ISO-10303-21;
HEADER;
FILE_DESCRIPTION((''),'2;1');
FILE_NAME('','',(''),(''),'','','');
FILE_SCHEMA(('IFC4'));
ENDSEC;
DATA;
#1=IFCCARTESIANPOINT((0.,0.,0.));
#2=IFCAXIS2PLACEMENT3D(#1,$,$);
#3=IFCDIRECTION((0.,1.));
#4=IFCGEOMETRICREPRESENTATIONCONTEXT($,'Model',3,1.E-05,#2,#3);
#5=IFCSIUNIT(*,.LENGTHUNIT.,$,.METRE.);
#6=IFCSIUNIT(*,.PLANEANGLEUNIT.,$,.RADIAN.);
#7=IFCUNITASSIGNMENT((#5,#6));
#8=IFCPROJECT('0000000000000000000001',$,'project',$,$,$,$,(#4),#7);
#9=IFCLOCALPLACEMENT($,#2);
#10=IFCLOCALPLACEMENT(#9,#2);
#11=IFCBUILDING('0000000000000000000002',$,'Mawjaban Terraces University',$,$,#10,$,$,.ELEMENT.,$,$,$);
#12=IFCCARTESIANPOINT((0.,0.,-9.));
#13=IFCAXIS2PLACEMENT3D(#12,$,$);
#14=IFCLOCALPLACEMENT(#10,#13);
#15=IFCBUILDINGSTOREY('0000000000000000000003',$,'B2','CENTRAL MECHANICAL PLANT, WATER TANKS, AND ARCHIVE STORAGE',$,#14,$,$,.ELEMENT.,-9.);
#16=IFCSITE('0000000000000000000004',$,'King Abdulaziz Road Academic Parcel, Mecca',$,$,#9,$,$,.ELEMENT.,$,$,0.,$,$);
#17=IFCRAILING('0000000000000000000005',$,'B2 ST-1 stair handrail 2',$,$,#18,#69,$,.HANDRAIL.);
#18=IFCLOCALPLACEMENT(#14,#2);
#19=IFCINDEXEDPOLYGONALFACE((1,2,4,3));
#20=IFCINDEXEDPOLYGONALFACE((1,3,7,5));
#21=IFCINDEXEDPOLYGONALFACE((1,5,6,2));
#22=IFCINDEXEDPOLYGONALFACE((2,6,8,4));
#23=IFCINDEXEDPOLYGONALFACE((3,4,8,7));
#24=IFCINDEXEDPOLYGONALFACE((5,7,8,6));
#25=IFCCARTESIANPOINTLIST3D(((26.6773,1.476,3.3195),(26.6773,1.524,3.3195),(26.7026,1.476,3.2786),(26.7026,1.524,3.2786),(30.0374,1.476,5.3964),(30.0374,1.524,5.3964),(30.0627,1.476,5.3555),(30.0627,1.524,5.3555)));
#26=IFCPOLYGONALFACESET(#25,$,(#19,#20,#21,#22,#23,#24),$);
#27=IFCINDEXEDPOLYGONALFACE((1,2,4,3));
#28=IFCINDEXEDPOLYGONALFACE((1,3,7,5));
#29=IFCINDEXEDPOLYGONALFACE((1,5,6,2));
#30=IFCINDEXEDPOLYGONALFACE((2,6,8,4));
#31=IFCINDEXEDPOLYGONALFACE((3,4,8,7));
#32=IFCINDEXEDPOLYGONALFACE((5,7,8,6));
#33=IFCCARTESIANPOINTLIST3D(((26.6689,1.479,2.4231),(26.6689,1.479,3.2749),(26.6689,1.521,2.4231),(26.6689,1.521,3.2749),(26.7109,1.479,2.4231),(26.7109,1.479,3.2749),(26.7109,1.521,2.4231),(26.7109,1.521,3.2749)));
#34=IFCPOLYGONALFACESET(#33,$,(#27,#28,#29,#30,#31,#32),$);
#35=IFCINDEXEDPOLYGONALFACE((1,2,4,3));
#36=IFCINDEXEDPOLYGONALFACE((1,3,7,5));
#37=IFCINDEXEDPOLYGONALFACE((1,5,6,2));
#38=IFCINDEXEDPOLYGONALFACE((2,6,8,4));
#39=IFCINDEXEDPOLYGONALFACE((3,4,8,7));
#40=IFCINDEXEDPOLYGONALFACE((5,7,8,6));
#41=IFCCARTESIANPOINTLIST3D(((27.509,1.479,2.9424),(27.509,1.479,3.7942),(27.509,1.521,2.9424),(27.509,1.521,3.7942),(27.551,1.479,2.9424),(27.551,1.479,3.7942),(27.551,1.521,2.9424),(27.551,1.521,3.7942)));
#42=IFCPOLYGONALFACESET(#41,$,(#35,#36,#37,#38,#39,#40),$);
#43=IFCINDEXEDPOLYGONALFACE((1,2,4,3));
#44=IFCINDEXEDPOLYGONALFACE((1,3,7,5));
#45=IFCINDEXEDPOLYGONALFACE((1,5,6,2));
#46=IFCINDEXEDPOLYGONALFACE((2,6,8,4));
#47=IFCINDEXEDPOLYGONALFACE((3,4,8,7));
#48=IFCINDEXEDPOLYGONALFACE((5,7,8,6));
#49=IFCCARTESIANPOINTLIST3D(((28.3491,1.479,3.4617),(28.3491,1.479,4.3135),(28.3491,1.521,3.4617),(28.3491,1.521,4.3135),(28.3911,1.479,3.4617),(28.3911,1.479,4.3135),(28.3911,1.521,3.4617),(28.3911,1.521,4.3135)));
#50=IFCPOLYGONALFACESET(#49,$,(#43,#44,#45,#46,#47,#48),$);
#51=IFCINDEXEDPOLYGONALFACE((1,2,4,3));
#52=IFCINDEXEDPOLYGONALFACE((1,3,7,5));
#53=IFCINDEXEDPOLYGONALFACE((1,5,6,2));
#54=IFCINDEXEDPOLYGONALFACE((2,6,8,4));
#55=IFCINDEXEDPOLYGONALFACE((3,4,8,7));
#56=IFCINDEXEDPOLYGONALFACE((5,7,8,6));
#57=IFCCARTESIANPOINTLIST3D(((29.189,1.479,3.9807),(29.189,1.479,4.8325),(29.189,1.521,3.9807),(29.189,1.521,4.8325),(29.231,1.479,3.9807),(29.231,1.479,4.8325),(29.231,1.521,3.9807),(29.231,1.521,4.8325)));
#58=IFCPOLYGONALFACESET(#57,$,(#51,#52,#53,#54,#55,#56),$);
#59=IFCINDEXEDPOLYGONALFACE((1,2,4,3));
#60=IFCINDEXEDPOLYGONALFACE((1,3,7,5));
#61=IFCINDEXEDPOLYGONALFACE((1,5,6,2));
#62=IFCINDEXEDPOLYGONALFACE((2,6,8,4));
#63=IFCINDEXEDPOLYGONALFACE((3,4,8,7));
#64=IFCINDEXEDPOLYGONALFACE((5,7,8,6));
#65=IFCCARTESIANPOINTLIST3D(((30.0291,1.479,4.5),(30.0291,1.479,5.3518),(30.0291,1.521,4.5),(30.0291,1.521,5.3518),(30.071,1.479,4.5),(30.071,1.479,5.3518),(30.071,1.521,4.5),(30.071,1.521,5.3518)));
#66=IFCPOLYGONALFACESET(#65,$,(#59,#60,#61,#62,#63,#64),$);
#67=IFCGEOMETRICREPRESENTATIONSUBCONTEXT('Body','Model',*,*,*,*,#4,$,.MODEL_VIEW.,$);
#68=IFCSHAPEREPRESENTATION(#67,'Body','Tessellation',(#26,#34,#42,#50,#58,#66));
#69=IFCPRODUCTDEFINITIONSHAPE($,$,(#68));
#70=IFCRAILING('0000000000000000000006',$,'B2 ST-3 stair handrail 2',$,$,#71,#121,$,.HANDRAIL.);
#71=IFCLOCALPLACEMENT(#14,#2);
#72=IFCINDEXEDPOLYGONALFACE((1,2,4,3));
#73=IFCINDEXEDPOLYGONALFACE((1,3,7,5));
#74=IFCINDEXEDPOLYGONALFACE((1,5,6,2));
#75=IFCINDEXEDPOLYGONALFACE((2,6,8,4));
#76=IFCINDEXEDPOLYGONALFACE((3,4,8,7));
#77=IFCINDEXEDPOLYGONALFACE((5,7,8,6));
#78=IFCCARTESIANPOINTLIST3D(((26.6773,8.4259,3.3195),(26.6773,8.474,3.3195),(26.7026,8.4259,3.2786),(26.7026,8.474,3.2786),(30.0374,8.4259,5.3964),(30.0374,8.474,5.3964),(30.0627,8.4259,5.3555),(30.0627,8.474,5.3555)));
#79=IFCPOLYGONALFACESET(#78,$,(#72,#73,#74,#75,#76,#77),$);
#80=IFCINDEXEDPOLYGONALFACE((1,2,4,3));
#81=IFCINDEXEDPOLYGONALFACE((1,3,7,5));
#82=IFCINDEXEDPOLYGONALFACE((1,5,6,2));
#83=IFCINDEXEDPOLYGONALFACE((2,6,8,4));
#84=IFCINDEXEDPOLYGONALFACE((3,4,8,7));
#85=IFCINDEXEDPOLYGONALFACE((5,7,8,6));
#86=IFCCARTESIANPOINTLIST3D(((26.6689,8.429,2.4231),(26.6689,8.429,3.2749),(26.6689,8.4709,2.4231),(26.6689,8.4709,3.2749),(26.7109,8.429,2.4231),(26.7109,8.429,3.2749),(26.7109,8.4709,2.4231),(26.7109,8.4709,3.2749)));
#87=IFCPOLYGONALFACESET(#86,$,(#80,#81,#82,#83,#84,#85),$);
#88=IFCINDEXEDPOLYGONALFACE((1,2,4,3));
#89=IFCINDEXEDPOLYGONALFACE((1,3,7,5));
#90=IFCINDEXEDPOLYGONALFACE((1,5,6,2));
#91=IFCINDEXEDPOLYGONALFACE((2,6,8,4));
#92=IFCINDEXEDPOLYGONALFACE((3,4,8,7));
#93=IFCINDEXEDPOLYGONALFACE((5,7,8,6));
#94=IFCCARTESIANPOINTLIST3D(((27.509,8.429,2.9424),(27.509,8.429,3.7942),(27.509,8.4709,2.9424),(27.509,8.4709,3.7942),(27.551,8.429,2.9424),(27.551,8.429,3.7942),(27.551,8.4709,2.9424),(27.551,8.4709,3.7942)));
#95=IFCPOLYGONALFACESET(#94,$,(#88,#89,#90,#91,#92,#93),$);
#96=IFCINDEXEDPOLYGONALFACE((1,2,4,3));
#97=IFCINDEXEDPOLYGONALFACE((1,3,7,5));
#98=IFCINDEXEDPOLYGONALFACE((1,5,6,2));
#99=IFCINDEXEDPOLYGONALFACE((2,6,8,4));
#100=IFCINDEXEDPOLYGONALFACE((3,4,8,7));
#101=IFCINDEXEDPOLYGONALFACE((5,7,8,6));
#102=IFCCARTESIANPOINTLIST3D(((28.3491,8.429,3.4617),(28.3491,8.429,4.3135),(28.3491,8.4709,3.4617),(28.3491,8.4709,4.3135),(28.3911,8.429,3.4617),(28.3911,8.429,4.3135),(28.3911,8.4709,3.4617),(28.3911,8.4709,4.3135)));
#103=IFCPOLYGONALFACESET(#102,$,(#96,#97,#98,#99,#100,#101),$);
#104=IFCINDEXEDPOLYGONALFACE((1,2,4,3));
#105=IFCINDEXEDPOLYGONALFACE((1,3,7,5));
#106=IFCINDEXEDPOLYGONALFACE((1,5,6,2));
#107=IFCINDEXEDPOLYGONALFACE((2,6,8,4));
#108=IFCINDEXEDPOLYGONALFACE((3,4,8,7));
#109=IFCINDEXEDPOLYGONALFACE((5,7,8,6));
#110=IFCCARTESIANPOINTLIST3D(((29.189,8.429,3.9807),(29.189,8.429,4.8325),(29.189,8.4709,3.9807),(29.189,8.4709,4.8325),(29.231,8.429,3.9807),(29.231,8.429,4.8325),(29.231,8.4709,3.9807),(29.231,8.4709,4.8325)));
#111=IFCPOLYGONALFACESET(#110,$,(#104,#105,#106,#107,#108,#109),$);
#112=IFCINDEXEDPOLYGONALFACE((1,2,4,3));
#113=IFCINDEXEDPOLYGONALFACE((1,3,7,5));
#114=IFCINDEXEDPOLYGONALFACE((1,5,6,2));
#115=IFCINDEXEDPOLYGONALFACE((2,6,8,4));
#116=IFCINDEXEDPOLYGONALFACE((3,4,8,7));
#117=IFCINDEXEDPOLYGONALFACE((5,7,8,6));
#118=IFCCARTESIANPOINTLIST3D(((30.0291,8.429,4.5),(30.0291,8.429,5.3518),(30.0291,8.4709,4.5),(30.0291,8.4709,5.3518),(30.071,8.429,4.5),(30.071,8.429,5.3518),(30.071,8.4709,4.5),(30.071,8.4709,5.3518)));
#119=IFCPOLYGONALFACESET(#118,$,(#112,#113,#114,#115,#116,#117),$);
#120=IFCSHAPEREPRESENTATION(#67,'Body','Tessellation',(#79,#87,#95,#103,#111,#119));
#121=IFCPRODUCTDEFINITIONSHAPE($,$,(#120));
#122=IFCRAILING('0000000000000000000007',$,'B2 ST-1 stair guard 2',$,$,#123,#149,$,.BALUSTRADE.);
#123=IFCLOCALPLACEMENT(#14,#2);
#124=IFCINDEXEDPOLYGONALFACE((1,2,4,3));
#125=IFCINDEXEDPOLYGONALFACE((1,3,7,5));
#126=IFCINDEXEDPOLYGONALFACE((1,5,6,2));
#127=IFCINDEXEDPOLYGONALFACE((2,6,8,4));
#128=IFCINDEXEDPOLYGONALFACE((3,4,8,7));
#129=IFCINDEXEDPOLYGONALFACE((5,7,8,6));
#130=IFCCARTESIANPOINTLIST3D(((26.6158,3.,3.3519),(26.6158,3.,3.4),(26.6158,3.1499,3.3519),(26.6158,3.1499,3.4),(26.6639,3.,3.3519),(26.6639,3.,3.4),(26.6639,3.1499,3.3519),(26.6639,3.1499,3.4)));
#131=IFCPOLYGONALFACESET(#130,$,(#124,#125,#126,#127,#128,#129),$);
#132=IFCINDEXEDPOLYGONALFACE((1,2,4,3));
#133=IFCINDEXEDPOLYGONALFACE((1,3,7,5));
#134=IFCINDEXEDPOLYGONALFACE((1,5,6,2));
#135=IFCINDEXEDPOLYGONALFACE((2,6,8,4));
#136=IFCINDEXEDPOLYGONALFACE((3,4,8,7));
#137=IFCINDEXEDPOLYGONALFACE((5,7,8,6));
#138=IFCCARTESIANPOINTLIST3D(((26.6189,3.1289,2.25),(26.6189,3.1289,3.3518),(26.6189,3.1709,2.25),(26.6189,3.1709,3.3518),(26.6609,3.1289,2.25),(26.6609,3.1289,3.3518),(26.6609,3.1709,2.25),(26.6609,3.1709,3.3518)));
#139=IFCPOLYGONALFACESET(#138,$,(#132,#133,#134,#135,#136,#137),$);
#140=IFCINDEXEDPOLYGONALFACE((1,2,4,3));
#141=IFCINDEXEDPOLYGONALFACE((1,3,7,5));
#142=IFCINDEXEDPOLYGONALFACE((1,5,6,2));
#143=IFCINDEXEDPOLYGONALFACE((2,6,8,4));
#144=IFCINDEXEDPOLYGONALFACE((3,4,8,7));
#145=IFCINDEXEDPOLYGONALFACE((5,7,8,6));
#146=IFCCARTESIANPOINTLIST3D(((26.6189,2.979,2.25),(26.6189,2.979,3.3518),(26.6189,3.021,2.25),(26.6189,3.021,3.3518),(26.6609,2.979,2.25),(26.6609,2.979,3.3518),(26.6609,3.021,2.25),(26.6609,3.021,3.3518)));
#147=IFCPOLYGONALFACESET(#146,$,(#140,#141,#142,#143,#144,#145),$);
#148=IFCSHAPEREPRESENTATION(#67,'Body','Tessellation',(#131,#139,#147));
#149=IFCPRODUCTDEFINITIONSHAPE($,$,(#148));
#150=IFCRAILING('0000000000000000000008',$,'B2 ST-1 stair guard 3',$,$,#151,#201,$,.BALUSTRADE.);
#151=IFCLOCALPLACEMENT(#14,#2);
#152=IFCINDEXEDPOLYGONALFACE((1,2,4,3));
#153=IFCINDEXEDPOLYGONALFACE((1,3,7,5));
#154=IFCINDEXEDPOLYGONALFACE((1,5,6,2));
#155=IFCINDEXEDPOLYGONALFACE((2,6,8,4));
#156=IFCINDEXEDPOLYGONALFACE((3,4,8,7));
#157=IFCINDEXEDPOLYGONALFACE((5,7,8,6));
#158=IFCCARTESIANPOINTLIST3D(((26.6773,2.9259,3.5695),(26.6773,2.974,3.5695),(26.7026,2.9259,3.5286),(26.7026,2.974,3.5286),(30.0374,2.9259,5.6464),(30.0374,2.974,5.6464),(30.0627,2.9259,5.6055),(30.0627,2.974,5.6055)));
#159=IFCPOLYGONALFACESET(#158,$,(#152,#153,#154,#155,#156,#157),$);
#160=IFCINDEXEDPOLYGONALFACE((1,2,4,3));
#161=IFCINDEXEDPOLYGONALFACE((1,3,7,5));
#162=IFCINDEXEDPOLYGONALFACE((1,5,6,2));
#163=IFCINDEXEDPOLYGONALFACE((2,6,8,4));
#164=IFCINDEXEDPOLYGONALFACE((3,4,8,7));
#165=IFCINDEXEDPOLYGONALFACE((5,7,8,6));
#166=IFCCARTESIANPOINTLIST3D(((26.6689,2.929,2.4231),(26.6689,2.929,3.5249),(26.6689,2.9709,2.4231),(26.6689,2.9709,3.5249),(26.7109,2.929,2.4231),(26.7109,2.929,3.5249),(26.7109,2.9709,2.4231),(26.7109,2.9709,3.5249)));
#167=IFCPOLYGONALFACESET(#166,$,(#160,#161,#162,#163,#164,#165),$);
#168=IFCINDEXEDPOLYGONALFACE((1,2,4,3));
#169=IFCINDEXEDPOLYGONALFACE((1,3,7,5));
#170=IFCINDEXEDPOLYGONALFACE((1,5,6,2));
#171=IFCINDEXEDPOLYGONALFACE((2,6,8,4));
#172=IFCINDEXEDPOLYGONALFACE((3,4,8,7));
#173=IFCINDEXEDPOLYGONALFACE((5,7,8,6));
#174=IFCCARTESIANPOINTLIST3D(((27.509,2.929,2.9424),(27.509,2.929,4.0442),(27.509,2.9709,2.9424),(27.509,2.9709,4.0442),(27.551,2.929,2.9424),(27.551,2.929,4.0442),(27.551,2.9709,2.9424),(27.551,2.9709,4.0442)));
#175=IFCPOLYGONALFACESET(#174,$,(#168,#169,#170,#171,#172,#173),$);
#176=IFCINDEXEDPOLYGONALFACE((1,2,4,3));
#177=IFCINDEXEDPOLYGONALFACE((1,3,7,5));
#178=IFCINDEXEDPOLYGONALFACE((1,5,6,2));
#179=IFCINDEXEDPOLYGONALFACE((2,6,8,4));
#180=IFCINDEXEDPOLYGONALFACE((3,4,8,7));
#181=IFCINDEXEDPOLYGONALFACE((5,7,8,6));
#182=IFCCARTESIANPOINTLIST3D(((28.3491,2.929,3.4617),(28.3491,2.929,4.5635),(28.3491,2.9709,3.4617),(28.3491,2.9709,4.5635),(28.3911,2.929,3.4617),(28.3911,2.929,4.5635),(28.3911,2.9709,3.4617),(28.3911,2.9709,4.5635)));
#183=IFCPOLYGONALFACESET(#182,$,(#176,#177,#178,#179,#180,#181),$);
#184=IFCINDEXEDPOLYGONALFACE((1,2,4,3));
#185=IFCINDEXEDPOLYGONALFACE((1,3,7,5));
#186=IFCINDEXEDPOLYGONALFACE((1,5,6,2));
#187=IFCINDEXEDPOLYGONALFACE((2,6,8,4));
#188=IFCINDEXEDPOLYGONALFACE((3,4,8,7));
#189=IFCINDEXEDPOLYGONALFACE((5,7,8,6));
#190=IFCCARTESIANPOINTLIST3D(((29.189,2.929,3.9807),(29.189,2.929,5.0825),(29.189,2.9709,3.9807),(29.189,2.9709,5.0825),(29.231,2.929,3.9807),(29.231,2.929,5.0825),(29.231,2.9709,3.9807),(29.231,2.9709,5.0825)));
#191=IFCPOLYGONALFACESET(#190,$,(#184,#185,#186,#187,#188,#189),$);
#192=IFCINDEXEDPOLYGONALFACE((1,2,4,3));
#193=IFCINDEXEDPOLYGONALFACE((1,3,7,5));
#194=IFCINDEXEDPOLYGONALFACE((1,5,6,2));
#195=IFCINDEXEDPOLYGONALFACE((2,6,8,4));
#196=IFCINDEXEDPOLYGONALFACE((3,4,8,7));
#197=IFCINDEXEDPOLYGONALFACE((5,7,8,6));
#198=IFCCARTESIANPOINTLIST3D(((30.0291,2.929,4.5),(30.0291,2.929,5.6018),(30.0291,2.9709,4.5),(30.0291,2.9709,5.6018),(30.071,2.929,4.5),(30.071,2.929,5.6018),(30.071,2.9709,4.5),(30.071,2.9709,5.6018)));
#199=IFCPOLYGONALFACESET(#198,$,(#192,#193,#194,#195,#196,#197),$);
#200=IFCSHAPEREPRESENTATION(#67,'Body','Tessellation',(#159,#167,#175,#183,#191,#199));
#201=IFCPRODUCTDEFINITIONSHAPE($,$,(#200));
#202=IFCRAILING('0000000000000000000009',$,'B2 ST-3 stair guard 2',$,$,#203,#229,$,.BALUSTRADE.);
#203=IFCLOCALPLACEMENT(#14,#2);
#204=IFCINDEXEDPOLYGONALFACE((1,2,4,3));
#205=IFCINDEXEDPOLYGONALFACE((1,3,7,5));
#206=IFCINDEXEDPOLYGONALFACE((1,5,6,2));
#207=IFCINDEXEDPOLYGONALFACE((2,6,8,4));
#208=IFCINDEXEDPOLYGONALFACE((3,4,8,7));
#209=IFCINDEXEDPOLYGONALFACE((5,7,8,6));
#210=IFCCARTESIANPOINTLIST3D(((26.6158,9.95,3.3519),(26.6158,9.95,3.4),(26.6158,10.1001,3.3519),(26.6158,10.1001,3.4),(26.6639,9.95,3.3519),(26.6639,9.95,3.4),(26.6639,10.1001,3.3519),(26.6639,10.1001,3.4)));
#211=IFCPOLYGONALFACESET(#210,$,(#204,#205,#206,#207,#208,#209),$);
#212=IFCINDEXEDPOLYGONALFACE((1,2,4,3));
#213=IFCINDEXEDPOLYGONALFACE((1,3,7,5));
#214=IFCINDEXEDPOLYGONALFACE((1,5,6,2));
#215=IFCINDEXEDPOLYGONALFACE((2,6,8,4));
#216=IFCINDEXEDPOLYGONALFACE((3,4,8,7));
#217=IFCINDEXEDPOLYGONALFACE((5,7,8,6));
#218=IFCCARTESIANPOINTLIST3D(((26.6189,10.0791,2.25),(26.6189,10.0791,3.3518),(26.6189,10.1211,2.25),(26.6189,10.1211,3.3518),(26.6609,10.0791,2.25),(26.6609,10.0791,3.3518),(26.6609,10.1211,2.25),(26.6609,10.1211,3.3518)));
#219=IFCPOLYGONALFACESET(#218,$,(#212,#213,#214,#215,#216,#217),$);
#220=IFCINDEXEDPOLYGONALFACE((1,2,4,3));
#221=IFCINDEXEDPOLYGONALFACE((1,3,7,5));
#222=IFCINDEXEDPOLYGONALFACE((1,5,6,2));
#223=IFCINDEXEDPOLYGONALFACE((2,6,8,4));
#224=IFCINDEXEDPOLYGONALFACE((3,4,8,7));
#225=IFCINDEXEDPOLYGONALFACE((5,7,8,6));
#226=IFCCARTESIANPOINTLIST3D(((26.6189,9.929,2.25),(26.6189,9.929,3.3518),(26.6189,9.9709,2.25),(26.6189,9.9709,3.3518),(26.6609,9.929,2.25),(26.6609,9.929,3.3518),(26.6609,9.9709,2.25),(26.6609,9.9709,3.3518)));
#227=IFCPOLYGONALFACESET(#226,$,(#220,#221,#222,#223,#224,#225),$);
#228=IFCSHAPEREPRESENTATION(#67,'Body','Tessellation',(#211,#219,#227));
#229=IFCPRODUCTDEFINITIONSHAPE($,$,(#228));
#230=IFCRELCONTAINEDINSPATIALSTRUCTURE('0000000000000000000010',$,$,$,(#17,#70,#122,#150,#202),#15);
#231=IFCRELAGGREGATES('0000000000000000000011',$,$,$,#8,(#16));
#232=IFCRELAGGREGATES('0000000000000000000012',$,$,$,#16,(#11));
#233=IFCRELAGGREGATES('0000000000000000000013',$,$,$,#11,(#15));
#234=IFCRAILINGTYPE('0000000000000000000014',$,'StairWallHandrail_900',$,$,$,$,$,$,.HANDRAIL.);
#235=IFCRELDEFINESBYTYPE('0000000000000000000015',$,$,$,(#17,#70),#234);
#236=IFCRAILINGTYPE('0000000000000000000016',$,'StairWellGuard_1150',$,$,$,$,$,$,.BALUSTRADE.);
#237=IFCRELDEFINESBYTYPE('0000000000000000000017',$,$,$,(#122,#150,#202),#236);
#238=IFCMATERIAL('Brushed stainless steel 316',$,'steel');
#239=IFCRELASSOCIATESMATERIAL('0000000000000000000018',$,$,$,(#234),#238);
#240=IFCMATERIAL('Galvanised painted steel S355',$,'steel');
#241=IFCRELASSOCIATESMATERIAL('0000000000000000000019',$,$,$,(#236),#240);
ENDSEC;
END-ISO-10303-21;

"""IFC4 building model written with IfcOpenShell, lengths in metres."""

from ifc_helpers import new_model, si_unit, direction, frame, origin, origin_2d, place, context, subcontext, project, spatial, rectangle, extrude, material, type_object, element, save


model = new_model("IFC4")

# Units and contexts
model_context = context("Model", 3, precision=1e-05, world=origin(), true_north=direction((0.0, 1.0)))
body_context = subcontext(model_context, "Body", "Model", "MODEL_VIEW")
ifc_project = project(units=[si_unit("LENGTHUNIT", "METRE"), si_unit("PLANEANGLEUNIT", "RADIAN")], contexts=[model_context])

# Site, building, storey
site_placement = place(None, origin())
site = spatial("IfcSite", under=ifc_project, at=site_placement, Name="King Abdulaziz Road Academic Parcel, Mecca", CompositionType="ELEMENT", RefElevation=0.0)
building_placement = place(site_placement, origin())
building = spatial("IfcBuilding", under=site, at=building_placement, Name="Mawjaban Terraces University", CompositionType="ELEMENT")
storey_placement = place(building_placement, frame((0.0, 0.0, -9.0)))
storey = spatial("IfcBuildingStorey", under=building, at=storey_placement, Name="B2", Description="CENTRAL MECHANICAL PLANT, WATER TANKS, AND ARCHIVE STORAGE", CompositionType="ELEMENT", Elevation=-9.0)

# Railings
ifc_material_1 = material(Name="Brushed stainless steel 316", Category="steel")
railing_type_1 = type_object("IfcRailingType", Name="StairWallHandrail_900", PredefinedType="HANDRAIL", material=ifc_material_1)
for number, where, name in (
    (1, (26.6899, 1.5, 2.4231), "B2 ST-1 stair handrail 2"),
    (2, (26.6899, 8.45, 2.4231), "B2 ST-3 stair handrail 2"),
):
    element("IfcRailing", number, at=place(storey_placement, frame(where)), inside=storey, type_object=railing_type_1, Name=name, PredefinedType="HANDRAIL", context=body_context, shape_type="SweptSolid", body=[
        extrude(rectangle(XDim=0.0481, YDim=0.0481, at=origin_2d()), frame((0.0, 0.0, 0.876), z_axis=(0.850623, 0.0, 0.525776), x_axis=(0.0, 1.0, 0.0)), (0.0, 0.0, 1.0), 3.9502),
        extrude(rectangle(XDim=0.042, YDim=0.042, at=origin_2d()), origin(), (0.0, 0.0, 1.0), 0.8518),
        extrude(rectangle(XDim=0.042, YDim=0.042, at=origin_2d()), frame((0.8401, 0.0, 0.5193)), (0.0, 0.0, 1.0), 0.8518),
        extrude(rectangle(XDim=0.042, YDim=0.042, at=origin_2d()), frame((1.6802, 0.0, 1.0386)), (0.0, 0.0, 1.0), 0.8518),
        extrude(rectangle(XDim=0.042, YDim=0.042, at=origin_2d()), frame((2.52, 0.0, 1.5576)), (0.0, 0.0, 1.0), 0.8518),
        extrude(rectangle(XDim=0.042, YDim=0.042, at=origin_2d()), frame((3.3601, 0.0, 2.0769)), (0.0, 0.0, 1.0), 0.8518),
    ])
ifc_material_2 = material(Name="Galvanised painted steel S355", Category="steel")
railing_type_2 = type_object("IfcRailingType", Name="StairWellGuard_1150", PredefinedType="BALUSTRADE", material=ifc_material_2)
railing_1_placement = place(storey_placement, frame((26.6399, 3.1499, 2.25)))
element("IfcRailing", 3, at=railing_1_placement, inside=storey, type_object=railing_type_2, Name="B2 ST-1 stair guard 2", PredefinedType="BALUSTRADE", context=body_context, shape_type="SweptSolid", body=[
    extrude(rectangle(XDim=0.0481, YDim=0.0481, at=origin_2d()), frame((0.0, 0.0, 1.126), z_axis=(0.0, -1.0, 0.0), x_axis=(1.0, 0.0, 0.0)), (0.0, 0.0, 1.0), 0.1499),
    extrude(rectangle(XDim=0.042, YDim=0.042, at=origin_2d()), origin(), (0.0, 0.0, 1.0), 1.1018),
    extrude(rectangle(XDim=0.042, YDim=0.042, at=origin_2d()), frame((0.0, -0.1499, 0.0)), (0.0, 0.0, 1.0), 1.1018),
])
railing_2_placement = place(storey_placement, frame((26.6899, 2.95, 2.4231)))
element("IfcRailing", 4, at=railing_2_placement, inside=storey, type_object=railing_type_2, Name="B2 ST-1 stair guard 3", PredefinedType="BALUSTRADE", context=body_context, shape_type="SweptSolid", body=[
    extrude(rectangle(XDim=0.0481, YDim=0.0481, at=origin_2d()), frame((0.0, 0.0, 1.126), z_axis=(0.850623, 0.0, 0.525776), x_axis=(0.0, 1.0, 0.0)), (0.0, 0.0, 1.0), 3.9502),
    extrude(rectangle(XDim=0.042, YDim=0.042, at=origin_2d()), origin(), (0.0, 0.0, 1.0), 1.1018),
    extrude(rectangle(XDim=0.042, YDim=0.042, at=origin_2d()), frame((0.8401, 0.0, 0.5193)), (0.0, 0.0, 1.0), 1.1018),
    extrude(rectangle(XDim=0.042, YDim=0.042, at=origin_2d()), frame((1.6802, 0.0, 1.0386)), (0.0, 0.0, 1.0), 1.1018),
    extrude(rectangle(XDim=0.042, YDim=0.042, at=origin_2d()), frame((2.52, 0.0, 1.5576)), (0.0, 0.0, 1.0), 1.1018),
    extrude(rectangle(XDim=0.042, YDim=0.042, at=origin_2d()), frame((3.3601, 0.0, 2.0769)), (0.0, 0.0, 1.0), 1.1018),
])
railing_3_placement = place(storey_placement, frame((26.6399, 10.1001, 2.25)))
element("IfcRailing", 5, at=railing_3_placement, inside=storey, type_object=railing_type_2, Name="B2 ST-3 stair guard 2", PredefinedType="BALUSTRADE", context=body_context, shape_type="SweptSolid", body=[
    extrude(rectangle(XDim=0.0481, YDim=0.0481, at=origin_2d()), frame((0.0, 0.0, 1.126), z_axis=(0.0, -1.0, 0.0), x_axis=(1.0, 0.0, 0.0)), (0.0, 0.0, 1.0), 0.1501),
    extrude(rectangle(XDim=0.042, YDim=0.042, at=origin_2d()), origin(), (0.0, 0.0, 1.0), 1.1018),
    extrude(rectangle(XDim=0.042, YDim=0.042, at=origin_2d()), frame((0.0, -0.1501, 0.0)), (0.0, 0.0, 1.0), 1.1018),
])

save(model, "model.ifc")
